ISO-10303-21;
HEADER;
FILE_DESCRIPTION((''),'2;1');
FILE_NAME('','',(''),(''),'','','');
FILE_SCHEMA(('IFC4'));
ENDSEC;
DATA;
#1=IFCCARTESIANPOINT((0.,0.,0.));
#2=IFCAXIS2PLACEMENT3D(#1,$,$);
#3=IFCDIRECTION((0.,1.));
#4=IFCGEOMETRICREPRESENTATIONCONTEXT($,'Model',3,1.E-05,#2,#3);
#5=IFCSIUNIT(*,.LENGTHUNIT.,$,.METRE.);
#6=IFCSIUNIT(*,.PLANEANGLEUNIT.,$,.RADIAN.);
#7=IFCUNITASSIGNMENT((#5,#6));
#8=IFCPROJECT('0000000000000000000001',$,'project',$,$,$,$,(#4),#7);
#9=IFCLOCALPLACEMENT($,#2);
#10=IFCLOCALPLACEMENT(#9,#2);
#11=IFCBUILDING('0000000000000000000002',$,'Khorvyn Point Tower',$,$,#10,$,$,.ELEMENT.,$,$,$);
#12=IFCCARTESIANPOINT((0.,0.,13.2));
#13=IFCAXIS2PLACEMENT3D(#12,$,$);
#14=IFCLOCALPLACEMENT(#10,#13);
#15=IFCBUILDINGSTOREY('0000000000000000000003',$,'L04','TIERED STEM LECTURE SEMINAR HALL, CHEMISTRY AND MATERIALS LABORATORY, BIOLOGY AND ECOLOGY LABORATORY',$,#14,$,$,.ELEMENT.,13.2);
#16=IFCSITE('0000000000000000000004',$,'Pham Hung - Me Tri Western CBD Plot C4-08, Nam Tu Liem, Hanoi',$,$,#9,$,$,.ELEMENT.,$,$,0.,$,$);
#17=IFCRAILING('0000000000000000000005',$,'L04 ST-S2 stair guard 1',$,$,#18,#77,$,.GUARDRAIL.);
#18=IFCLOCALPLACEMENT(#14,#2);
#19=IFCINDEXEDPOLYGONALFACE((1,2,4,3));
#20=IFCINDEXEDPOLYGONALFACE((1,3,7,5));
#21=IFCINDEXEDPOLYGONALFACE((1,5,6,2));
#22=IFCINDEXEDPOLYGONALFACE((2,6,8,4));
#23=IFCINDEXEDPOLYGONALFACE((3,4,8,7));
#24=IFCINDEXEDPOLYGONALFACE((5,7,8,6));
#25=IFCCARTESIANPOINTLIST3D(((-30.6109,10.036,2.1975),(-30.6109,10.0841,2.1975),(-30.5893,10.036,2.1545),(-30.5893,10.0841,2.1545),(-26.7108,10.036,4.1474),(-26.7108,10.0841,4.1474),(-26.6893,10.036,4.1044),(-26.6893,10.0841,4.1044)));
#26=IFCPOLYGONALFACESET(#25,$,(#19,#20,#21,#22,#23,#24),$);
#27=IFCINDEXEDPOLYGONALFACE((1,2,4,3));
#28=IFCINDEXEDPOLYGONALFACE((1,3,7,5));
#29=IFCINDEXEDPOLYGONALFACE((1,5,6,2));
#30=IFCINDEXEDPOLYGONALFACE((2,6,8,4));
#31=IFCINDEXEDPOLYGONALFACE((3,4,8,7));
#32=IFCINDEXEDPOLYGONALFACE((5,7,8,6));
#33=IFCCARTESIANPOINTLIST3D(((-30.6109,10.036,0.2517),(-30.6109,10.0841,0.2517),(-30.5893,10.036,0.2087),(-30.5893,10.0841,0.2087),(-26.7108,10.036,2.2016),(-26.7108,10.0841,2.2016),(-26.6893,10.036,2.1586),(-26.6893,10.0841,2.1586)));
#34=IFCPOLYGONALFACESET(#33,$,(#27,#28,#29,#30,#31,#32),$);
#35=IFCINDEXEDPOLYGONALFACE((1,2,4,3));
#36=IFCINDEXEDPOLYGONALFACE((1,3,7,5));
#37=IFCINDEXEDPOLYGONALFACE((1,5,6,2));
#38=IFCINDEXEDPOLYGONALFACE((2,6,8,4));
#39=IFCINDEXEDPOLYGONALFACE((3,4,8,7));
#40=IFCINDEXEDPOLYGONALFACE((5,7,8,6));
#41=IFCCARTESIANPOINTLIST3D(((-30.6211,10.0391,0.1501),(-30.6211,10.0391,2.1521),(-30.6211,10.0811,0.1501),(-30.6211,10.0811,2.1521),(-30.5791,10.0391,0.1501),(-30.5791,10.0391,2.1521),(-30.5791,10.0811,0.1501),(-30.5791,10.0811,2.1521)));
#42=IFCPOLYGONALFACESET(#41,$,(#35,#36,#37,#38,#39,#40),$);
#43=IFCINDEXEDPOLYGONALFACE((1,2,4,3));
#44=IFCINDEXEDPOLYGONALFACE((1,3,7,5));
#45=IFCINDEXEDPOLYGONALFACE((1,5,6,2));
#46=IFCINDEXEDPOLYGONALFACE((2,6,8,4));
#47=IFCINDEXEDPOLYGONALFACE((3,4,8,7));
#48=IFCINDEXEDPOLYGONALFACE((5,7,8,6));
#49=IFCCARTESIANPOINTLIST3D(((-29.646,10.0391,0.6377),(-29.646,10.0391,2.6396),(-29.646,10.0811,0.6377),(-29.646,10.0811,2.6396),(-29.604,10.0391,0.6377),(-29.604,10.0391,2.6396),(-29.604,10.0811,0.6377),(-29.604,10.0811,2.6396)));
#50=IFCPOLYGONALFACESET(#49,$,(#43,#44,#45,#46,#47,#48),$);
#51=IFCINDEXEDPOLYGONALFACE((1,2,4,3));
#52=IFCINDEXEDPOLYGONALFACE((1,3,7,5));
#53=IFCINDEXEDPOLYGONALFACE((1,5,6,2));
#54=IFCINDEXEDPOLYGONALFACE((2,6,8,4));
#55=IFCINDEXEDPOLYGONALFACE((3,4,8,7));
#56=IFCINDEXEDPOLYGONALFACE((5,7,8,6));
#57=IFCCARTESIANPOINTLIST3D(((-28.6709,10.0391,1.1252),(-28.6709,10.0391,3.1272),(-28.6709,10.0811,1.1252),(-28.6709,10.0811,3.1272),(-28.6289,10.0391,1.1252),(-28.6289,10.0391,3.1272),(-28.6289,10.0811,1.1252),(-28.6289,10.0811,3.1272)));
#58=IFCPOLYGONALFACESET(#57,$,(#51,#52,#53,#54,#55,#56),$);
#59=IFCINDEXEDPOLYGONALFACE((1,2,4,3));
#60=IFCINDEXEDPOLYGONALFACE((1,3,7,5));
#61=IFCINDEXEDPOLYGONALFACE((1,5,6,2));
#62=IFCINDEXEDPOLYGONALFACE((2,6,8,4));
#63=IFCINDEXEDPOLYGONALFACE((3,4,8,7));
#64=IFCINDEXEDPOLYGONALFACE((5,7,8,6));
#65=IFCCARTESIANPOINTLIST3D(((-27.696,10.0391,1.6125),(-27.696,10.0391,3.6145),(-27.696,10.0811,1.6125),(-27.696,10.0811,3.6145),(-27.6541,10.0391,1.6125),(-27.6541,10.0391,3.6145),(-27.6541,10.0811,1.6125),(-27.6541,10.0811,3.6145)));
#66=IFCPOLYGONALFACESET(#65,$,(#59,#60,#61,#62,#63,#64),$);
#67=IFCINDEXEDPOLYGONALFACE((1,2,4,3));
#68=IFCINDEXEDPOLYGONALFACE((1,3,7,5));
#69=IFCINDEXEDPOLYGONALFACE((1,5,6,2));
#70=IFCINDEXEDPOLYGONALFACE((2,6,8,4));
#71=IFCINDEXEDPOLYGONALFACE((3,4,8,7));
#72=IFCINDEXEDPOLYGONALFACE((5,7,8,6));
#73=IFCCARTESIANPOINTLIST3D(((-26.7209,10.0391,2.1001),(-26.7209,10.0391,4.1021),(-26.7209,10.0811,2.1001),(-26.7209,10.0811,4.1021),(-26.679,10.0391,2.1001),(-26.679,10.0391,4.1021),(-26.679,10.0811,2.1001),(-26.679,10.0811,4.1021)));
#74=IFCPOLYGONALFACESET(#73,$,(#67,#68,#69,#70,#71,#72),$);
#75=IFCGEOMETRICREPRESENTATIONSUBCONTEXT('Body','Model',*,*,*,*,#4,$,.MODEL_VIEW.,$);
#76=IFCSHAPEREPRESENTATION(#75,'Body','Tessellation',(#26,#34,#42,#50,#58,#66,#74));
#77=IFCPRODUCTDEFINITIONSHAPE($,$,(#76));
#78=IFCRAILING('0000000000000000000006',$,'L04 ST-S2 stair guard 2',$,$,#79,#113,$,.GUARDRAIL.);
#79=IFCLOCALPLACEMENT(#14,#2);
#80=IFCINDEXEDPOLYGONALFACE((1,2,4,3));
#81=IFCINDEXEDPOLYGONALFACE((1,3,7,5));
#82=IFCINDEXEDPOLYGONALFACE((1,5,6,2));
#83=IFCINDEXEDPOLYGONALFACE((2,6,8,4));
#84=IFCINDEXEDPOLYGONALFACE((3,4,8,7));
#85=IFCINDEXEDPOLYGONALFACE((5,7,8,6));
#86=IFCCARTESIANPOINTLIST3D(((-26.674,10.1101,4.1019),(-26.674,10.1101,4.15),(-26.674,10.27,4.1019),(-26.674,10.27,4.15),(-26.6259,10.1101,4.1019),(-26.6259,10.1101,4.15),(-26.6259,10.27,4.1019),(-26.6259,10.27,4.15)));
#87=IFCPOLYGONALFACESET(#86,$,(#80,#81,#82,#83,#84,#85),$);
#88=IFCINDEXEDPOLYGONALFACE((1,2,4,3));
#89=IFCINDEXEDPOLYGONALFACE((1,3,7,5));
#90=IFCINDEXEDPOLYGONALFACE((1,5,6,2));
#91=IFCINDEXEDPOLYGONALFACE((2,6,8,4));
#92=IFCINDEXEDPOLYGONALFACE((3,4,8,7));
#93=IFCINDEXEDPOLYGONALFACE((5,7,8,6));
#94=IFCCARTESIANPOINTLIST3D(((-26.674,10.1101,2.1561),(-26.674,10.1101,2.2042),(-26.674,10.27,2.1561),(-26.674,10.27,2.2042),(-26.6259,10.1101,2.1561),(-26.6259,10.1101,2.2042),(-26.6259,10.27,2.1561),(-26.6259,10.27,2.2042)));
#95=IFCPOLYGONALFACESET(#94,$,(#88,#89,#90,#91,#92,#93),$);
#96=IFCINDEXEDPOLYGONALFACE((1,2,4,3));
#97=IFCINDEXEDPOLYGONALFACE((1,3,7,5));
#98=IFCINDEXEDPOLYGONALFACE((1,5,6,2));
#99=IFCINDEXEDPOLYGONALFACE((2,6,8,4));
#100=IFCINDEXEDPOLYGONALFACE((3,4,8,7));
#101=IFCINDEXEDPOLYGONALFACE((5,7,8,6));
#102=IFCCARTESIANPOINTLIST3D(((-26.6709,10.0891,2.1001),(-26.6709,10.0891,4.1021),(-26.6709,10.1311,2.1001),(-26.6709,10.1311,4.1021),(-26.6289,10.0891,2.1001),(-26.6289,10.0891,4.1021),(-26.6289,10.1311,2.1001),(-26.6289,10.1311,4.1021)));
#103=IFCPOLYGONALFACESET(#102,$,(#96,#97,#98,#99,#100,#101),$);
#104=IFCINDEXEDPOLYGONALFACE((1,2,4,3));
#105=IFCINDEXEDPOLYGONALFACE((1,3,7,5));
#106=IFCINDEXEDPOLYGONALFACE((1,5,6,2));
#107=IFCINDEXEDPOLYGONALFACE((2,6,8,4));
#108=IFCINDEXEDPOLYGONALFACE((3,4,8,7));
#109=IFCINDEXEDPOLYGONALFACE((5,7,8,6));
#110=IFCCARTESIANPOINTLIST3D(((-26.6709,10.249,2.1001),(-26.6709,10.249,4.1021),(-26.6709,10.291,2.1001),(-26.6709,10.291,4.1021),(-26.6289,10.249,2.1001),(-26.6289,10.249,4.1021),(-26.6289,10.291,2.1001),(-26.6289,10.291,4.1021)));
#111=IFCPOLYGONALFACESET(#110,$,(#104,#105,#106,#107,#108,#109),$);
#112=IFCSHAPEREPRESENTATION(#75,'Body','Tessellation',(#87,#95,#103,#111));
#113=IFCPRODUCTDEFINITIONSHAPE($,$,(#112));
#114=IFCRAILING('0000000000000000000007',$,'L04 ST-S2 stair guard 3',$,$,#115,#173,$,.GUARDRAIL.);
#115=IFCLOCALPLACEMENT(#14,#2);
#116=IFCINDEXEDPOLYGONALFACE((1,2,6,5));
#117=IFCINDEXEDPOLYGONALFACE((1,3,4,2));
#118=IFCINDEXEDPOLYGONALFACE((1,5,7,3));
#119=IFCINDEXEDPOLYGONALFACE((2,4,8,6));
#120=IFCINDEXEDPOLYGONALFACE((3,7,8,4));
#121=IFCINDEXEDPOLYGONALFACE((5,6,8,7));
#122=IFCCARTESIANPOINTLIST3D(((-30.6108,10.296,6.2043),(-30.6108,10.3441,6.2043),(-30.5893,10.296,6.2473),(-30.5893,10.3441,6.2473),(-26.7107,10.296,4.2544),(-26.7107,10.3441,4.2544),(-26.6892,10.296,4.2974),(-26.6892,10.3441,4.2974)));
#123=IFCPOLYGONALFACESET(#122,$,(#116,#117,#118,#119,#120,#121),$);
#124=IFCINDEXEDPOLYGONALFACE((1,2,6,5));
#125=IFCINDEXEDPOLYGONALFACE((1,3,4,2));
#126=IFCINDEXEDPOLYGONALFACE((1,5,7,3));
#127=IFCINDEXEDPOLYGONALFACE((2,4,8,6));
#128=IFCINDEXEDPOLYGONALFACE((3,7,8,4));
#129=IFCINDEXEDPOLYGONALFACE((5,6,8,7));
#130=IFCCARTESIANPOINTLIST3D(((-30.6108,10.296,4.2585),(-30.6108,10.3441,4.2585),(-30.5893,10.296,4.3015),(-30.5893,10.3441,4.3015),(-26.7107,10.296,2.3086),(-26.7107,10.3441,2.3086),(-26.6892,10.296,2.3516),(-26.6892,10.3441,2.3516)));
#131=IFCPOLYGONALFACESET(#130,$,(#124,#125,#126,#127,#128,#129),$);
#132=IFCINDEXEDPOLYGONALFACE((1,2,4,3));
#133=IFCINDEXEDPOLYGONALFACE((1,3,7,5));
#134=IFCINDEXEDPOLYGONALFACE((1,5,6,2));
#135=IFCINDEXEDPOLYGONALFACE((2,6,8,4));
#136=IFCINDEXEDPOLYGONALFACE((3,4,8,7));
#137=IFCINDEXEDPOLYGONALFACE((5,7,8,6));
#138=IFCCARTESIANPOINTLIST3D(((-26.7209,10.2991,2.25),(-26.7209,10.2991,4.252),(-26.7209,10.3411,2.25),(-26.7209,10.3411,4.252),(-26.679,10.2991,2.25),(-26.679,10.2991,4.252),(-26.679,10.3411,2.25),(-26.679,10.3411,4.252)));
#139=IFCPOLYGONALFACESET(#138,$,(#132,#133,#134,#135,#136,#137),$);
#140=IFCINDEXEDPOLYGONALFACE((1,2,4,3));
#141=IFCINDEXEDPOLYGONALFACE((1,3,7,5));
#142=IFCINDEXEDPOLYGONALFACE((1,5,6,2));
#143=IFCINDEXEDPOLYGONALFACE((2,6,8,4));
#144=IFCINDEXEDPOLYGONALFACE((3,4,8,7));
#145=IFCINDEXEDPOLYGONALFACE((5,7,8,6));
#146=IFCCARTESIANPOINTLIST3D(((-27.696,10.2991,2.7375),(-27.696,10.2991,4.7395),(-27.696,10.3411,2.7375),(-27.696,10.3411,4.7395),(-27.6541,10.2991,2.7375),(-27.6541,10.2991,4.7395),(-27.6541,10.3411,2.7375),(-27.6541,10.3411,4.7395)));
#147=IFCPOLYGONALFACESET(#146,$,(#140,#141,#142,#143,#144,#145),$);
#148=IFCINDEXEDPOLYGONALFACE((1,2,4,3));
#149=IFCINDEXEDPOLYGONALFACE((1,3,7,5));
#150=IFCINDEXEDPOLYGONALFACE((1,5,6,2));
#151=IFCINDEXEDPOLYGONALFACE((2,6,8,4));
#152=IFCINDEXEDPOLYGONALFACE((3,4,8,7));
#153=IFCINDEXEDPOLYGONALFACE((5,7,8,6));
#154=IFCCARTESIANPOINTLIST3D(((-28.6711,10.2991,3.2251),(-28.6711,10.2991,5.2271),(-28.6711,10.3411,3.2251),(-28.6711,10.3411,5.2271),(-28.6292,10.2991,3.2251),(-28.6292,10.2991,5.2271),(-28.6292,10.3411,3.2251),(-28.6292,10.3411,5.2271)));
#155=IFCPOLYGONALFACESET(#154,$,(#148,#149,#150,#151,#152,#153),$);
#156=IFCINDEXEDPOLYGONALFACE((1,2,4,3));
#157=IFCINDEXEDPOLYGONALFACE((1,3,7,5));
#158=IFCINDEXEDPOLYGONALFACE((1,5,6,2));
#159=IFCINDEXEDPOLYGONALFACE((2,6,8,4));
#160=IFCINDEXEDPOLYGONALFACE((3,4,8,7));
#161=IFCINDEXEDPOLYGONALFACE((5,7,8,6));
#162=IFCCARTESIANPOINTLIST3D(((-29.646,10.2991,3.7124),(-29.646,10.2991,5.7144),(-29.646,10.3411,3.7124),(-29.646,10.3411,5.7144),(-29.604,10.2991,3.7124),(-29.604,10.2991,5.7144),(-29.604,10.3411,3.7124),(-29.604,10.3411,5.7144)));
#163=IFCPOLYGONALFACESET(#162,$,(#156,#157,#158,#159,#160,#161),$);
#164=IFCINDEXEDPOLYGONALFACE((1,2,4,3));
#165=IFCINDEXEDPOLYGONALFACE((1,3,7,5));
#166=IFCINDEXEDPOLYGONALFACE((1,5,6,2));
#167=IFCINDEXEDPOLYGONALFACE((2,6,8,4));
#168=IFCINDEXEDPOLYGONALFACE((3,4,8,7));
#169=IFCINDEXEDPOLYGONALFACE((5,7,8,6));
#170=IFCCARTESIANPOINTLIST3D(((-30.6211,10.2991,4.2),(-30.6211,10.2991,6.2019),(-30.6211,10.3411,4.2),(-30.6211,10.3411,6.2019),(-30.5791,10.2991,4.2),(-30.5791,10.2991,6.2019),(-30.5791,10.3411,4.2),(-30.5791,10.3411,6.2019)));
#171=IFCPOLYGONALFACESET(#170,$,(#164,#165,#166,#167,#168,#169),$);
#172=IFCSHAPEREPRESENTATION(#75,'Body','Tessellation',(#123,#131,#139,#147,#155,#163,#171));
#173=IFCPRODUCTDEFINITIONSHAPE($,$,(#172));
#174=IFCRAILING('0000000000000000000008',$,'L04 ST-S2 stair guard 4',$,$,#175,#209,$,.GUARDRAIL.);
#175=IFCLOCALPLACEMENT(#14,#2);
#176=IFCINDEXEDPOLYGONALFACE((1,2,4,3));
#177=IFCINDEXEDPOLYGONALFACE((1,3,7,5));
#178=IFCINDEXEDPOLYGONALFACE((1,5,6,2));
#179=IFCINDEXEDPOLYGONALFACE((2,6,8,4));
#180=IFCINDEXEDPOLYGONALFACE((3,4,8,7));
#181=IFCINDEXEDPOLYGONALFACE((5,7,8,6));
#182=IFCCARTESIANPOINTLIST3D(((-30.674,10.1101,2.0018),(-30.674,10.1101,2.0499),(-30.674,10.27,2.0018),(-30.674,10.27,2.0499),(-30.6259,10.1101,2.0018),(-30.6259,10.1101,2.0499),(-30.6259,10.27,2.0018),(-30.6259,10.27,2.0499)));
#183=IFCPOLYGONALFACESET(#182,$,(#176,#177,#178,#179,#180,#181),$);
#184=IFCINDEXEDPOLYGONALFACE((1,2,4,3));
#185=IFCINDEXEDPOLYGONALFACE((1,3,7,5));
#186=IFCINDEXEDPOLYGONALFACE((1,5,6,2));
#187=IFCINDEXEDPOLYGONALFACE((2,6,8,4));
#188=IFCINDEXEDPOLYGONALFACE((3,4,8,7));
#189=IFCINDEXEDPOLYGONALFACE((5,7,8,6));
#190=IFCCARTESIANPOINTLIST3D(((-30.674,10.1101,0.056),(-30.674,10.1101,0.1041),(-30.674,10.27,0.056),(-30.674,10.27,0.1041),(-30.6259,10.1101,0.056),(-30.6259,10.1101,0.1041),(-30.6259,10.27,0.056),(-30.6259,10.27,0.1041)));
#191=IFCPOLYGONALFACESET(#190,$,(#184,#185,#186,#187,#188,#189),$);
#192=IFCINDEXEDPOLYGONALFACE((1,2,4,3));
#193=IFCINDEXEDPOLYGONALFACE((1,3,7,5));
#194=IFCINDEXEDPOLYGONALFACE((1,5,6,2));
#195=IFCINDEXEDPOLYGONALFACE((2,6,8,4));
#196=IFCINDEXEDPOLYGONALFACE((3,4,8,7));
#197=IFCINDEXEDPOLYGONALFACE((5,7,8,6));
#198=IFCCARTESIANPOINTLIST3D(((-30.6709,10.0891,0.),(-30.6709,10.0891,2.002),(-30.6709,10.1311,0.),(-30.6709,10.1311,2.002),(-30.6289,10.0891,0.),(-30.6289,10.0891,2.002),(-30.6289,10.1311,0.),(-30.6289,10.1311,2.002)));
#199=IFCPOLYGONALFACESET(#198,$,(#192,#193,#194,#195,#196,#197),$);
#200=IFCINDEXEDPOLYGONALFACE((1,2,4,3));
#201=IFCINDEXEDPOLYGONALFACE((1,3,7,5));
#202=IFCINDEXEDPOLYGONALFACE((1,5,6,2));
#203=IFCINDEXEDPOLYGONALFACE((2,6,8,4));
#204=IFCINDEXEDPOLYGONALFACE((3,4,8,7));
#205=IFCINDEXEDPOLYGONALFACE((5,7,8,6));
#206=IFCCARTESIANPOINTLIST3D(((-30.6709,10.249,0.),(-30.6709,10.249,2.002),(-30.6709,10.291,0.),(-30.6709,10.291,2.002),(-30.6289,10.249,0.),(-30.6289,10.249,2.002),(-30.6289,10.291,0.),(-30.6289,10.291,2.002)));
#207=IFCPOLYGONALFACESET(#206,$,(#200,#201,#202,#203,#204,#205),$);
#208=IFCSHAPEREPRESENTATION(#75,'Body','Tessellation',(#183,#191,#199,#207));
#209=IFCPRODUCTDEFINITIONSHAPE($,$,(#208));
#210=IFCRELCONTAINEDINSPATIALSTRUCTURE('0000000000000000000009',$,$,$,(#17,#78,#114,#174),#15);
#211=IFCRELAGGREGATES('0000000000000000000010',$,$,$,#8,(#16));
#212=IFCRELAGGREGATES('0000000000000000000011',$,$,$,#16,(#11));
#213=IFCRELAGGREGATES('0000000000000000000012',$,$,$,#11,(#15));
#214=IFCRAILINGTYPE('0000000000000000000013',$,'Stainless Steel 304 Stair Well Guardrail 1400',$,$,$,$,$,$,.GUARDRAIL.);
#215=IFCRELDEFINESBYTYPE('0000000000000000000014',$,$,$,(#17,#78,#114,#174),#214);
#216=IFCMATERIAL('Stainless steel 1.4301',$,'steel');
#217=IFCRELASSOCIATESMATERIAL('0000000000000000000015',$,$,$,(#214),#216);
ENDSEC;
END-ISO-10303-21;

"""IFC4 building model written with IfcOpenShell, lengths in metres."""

from ifc_helpers import new_model, si_unit, direction, frame, origin, origin_2d, place, context, subcontext, project, spatial, rectangle, extrude, material, type_object, element, save


model = new_model("IFC4")

# Units and contexts
model_context = context("Model", 3, precision=1e-05, world=origin(), true_north=direction((0.0, 1.0)))
body_context = subcontext(model_context, "Body", "Model", "MODEL_VIEW")
ifc_project = project(units=[si_unit("LENGTHUNIT", "METRE"), si_unit("PLANEANGLEUNIT", "RADIAN")], contexts=[model_context])

# Site, building, storey
site_placement = place(None, origin())
site = spatial("IfcSite", under=ifc_project, at=site_placement, Name="Pham Hung - Me Tri Western CBD Plot C4-08, Nam Tu Liem, Hanoi", CompositionType="ELEMENT", RefElevation=0.0)
building_placement = place(site_placement, origin())
building = spatial("IfcBuilding", under=site, at=building_placement, Name="Khorvyn Point Tower", CompositionType="ELEMENT")
storey_placement = place(building_placement, frame((0.0, 0.0, 13.2)))
storey = spatial("IfcBuildingStorey", under=building, at=storey_placement, Name="L04", Description="TIERED STEM LECTURE SEMINAR HALL, CHEMISTRY AND MATERIALS LABORATORY, BIOLOGY AND ECOLOGY LABORATORY", CompositionType="ELEMENT", Elevation=13.2)

# Railings
ifc_material_1 = material(Name="Stainless steel 1.4301", Category="steel")
railing_type_1 = type_object("IfcRailingType", Name="Stainless Steel 304 Stair Well Guardrail 1400", PredefinedType="GUARDRAIL", material=ifc_material_1)
railing_1_placement = place(storey_placement, frame((-30.6001, 10.0601, 0.1501)))
element("IfcRailing", 1, at=railing_1_placement, inside=storey, type_object=railing_type_1, Name="L04 ST-S2 stair guard 1", PredefinedType="GUARDRAIL", context=body_context, shape_type="SweptSolid", body=[
    extrude(rectangle(XDim=0.0481, YDim=0.0481, at=origin_2d()), frame((0.0, 0.0, 2.0259), z_axis=(0.894438, 0.0, 0.447191), x_axis=(0.0, 1.0, 0.0)), (0.0, 0.0, 1.0), 4.3604),
    extrude(rectangle(XDim=0.0481, YDim=0.0481, at=origin_2d()), frame((0.0, 0.0, 0.0801), z_axis=(0.894438, 0.0, 0.447191), x_axis=(0.0, 1.0, 0.0)), (0.0, 0.0, 1.0), 4.3604),
    extrude(rectangle(XDim=0.042, YDim=0.042, at=origin_2d()), origin(), (0.0, 0.0, 1.0), 2.002),
    extrude(rectangle(XDim=0.042, YDim=0.042, at=origin_2d()), frame((0.9751, 0.0, 0.4875)), (0.0, 0.0, 1.0), 2.002),
    extrude(rectangle(XDim=0.042, YDim=0.042, at=origin_2d()), frame((1.9502, 0.0, 0.9751)), (0.0, 0.0, 1.0), 2.002),
    extrude(rectangle(XDim=0.042, YDim=0.042, at=origin_2d()), frame((2.925, 0.0, 1.4624)), (0.0, 0.0, 1.0), 2.002),
    extrude(rectangle(XDim=0.042, YDim=0.042, at=origin_2d()), frame((3.9001, 0.0, 1.95)), (0.0, 0.0, 1.0), 2.002),
])
railing_2_placement = place(storey_placement, frame((-26.6499, 10.1101, 2.1001)))
element("IfcRailing", 2, at=railing_2_placement, inside=storey, type_object=railing_type_1, Name="L04 ST-S2 stair guard 2", PredefinedType="GUARDRAIL", context=body_context, shape_type="SweptSolid", body=[
    extrude(rectangle(XDim=0.0481, YDim=0.0481, at=origin_2d()), frame((0.0, 0.0, 2.0259), z_axis=(0.0, 1.0, 0.0), x_axis=(-1.0, 0.0, 0.0)), (0.0, 0.0, 1.0), 0.1599),
    extrude(rectangle(XDim=0.0481, YDim=0.0481, at=origin_2d()), frame((0.0, 0.0, 0.0801), z_axis=(0.0, 1.0, 0.0), x_axis=(-1.0, 0.0, 0.0)), (0.0, 0.0, 1.0), 0.1599),
    extrude(rectangle(XDim=0.042, YDim=0.042, at=origin_2d()), origin(), (0.0, 0.0, 1.0), 2.002),
    extrude(rectangle(XDim=0.042, YDim=0.042, at=origin_2d()), frame((0.0, 0.1599, 0.0)), (0.0, 0.0, 1.0), 2.002),
])
railing_3_placement = place(storey_placement, frame((-26.7, 10.3201, 2.25)))
element("IfcRailing", 3, at=railing_3_placement, inside=storey, type_object=railing_type_1, Name="L04 ST-S2 stair guard 3", PredefinedType="GUARDRAIL", context=body_context, shape_type="SweptSolid", body=[
    extrude(rectangle(XDim=0.0481, YDim=0.0481, at=origin_2d()), frame((0.0, 0.0, 2.0259), z_axis=(-0.894438, 0.0, 0.447191), x_axis=(0.0, -1.0, 0.0)), (0.0, 0.0, 1.0), 4.3604),
    extrude(rectangle(XDim=0.0481, YDim=0.0481, at=origin_2d()), frame((0.0, 0.0, 0.0801), z_axis=(-0.894438, 0.0, 0.447191), x_axis=(0.0, -1.0, 0.0)), (0.0, 0.0, 1.0), 4.3604),
    extrude(rectangle(XDim=0.042, YDim=0.042, at=origin_2d()), origin(), (0.0, 0.0, 1.0), 2.002),
    extrude(rectangle(XDim=0.042, YDim=0.042, at=origin_2d()), frame((-0.9751, 0.0, 0.4875)), (0.0, 0.0, 1.0), 2.002),
    extrude(rectangle(XDim=0.042, YDim=0.042, at=origin_2d()), frame((-1.9502, 0.0, 0.9751)), (0.0, 0.0, 1.0), 2.002),
    extrude(rectangle(XDim=0.042, YDim=0.042, at=origin_2d()), frame((-2.925, 0.0, 1.4624)), (0.0, 0.0, 1.0), 2.002),
    extrude(rectangle(XDim=0.042, YDim=0.042, at=origin_2d()), frame((-3.9001, 0.0, 1.95)), (0.0, 0.0, 1.0), 2.002),
])
railing_4_placement = place(storey_placement, frame((-30.6499, 10.1101, 0.0)))
element("IfcRailing", 4, at=railing_4_placement, inside=storey, type_object=railing_type_1, Name="L04 ST-S2 stair guard 4", PredefinedType="GUARDRAIL", context=body_context, shape_type="SweptSolid", body=[
    extrude(rectangle(XDim=0.0481, YDim=0.0481, at=origin_2d()), frame((0.0, 0.0, 2.0259), z_axis=(0.0, 1.0, 0.0), x_axis=(-1.0, 0.0, 0.0)), (0.0, 0.0, 1.0), 0.1599),
    extrude(rectangle(XDim=0.0481, YDim=0.0481, at=origin_2d()), frame((0.0, 0.0, 0.0801), z_axis=(0.0, 1.0, 0.0), x_axis=(-1.0, 0.0, 0.0)), (0.0, 0.0, 1.0), 0.1599),
    extrude(rectangle(XDim=0.042, YDim=0.042, at=origin_2d()), origin(), (0.0, 0.0, 1.0), 2.002),
    extrude(rectangle(XDim=0.042, YDim=0.042, at=origin_2d()), frame((0.0, 0.1599, 0.0)), (0.0, 0.0, 1.0), 2.002),
])

save(model, "model.ifc")
